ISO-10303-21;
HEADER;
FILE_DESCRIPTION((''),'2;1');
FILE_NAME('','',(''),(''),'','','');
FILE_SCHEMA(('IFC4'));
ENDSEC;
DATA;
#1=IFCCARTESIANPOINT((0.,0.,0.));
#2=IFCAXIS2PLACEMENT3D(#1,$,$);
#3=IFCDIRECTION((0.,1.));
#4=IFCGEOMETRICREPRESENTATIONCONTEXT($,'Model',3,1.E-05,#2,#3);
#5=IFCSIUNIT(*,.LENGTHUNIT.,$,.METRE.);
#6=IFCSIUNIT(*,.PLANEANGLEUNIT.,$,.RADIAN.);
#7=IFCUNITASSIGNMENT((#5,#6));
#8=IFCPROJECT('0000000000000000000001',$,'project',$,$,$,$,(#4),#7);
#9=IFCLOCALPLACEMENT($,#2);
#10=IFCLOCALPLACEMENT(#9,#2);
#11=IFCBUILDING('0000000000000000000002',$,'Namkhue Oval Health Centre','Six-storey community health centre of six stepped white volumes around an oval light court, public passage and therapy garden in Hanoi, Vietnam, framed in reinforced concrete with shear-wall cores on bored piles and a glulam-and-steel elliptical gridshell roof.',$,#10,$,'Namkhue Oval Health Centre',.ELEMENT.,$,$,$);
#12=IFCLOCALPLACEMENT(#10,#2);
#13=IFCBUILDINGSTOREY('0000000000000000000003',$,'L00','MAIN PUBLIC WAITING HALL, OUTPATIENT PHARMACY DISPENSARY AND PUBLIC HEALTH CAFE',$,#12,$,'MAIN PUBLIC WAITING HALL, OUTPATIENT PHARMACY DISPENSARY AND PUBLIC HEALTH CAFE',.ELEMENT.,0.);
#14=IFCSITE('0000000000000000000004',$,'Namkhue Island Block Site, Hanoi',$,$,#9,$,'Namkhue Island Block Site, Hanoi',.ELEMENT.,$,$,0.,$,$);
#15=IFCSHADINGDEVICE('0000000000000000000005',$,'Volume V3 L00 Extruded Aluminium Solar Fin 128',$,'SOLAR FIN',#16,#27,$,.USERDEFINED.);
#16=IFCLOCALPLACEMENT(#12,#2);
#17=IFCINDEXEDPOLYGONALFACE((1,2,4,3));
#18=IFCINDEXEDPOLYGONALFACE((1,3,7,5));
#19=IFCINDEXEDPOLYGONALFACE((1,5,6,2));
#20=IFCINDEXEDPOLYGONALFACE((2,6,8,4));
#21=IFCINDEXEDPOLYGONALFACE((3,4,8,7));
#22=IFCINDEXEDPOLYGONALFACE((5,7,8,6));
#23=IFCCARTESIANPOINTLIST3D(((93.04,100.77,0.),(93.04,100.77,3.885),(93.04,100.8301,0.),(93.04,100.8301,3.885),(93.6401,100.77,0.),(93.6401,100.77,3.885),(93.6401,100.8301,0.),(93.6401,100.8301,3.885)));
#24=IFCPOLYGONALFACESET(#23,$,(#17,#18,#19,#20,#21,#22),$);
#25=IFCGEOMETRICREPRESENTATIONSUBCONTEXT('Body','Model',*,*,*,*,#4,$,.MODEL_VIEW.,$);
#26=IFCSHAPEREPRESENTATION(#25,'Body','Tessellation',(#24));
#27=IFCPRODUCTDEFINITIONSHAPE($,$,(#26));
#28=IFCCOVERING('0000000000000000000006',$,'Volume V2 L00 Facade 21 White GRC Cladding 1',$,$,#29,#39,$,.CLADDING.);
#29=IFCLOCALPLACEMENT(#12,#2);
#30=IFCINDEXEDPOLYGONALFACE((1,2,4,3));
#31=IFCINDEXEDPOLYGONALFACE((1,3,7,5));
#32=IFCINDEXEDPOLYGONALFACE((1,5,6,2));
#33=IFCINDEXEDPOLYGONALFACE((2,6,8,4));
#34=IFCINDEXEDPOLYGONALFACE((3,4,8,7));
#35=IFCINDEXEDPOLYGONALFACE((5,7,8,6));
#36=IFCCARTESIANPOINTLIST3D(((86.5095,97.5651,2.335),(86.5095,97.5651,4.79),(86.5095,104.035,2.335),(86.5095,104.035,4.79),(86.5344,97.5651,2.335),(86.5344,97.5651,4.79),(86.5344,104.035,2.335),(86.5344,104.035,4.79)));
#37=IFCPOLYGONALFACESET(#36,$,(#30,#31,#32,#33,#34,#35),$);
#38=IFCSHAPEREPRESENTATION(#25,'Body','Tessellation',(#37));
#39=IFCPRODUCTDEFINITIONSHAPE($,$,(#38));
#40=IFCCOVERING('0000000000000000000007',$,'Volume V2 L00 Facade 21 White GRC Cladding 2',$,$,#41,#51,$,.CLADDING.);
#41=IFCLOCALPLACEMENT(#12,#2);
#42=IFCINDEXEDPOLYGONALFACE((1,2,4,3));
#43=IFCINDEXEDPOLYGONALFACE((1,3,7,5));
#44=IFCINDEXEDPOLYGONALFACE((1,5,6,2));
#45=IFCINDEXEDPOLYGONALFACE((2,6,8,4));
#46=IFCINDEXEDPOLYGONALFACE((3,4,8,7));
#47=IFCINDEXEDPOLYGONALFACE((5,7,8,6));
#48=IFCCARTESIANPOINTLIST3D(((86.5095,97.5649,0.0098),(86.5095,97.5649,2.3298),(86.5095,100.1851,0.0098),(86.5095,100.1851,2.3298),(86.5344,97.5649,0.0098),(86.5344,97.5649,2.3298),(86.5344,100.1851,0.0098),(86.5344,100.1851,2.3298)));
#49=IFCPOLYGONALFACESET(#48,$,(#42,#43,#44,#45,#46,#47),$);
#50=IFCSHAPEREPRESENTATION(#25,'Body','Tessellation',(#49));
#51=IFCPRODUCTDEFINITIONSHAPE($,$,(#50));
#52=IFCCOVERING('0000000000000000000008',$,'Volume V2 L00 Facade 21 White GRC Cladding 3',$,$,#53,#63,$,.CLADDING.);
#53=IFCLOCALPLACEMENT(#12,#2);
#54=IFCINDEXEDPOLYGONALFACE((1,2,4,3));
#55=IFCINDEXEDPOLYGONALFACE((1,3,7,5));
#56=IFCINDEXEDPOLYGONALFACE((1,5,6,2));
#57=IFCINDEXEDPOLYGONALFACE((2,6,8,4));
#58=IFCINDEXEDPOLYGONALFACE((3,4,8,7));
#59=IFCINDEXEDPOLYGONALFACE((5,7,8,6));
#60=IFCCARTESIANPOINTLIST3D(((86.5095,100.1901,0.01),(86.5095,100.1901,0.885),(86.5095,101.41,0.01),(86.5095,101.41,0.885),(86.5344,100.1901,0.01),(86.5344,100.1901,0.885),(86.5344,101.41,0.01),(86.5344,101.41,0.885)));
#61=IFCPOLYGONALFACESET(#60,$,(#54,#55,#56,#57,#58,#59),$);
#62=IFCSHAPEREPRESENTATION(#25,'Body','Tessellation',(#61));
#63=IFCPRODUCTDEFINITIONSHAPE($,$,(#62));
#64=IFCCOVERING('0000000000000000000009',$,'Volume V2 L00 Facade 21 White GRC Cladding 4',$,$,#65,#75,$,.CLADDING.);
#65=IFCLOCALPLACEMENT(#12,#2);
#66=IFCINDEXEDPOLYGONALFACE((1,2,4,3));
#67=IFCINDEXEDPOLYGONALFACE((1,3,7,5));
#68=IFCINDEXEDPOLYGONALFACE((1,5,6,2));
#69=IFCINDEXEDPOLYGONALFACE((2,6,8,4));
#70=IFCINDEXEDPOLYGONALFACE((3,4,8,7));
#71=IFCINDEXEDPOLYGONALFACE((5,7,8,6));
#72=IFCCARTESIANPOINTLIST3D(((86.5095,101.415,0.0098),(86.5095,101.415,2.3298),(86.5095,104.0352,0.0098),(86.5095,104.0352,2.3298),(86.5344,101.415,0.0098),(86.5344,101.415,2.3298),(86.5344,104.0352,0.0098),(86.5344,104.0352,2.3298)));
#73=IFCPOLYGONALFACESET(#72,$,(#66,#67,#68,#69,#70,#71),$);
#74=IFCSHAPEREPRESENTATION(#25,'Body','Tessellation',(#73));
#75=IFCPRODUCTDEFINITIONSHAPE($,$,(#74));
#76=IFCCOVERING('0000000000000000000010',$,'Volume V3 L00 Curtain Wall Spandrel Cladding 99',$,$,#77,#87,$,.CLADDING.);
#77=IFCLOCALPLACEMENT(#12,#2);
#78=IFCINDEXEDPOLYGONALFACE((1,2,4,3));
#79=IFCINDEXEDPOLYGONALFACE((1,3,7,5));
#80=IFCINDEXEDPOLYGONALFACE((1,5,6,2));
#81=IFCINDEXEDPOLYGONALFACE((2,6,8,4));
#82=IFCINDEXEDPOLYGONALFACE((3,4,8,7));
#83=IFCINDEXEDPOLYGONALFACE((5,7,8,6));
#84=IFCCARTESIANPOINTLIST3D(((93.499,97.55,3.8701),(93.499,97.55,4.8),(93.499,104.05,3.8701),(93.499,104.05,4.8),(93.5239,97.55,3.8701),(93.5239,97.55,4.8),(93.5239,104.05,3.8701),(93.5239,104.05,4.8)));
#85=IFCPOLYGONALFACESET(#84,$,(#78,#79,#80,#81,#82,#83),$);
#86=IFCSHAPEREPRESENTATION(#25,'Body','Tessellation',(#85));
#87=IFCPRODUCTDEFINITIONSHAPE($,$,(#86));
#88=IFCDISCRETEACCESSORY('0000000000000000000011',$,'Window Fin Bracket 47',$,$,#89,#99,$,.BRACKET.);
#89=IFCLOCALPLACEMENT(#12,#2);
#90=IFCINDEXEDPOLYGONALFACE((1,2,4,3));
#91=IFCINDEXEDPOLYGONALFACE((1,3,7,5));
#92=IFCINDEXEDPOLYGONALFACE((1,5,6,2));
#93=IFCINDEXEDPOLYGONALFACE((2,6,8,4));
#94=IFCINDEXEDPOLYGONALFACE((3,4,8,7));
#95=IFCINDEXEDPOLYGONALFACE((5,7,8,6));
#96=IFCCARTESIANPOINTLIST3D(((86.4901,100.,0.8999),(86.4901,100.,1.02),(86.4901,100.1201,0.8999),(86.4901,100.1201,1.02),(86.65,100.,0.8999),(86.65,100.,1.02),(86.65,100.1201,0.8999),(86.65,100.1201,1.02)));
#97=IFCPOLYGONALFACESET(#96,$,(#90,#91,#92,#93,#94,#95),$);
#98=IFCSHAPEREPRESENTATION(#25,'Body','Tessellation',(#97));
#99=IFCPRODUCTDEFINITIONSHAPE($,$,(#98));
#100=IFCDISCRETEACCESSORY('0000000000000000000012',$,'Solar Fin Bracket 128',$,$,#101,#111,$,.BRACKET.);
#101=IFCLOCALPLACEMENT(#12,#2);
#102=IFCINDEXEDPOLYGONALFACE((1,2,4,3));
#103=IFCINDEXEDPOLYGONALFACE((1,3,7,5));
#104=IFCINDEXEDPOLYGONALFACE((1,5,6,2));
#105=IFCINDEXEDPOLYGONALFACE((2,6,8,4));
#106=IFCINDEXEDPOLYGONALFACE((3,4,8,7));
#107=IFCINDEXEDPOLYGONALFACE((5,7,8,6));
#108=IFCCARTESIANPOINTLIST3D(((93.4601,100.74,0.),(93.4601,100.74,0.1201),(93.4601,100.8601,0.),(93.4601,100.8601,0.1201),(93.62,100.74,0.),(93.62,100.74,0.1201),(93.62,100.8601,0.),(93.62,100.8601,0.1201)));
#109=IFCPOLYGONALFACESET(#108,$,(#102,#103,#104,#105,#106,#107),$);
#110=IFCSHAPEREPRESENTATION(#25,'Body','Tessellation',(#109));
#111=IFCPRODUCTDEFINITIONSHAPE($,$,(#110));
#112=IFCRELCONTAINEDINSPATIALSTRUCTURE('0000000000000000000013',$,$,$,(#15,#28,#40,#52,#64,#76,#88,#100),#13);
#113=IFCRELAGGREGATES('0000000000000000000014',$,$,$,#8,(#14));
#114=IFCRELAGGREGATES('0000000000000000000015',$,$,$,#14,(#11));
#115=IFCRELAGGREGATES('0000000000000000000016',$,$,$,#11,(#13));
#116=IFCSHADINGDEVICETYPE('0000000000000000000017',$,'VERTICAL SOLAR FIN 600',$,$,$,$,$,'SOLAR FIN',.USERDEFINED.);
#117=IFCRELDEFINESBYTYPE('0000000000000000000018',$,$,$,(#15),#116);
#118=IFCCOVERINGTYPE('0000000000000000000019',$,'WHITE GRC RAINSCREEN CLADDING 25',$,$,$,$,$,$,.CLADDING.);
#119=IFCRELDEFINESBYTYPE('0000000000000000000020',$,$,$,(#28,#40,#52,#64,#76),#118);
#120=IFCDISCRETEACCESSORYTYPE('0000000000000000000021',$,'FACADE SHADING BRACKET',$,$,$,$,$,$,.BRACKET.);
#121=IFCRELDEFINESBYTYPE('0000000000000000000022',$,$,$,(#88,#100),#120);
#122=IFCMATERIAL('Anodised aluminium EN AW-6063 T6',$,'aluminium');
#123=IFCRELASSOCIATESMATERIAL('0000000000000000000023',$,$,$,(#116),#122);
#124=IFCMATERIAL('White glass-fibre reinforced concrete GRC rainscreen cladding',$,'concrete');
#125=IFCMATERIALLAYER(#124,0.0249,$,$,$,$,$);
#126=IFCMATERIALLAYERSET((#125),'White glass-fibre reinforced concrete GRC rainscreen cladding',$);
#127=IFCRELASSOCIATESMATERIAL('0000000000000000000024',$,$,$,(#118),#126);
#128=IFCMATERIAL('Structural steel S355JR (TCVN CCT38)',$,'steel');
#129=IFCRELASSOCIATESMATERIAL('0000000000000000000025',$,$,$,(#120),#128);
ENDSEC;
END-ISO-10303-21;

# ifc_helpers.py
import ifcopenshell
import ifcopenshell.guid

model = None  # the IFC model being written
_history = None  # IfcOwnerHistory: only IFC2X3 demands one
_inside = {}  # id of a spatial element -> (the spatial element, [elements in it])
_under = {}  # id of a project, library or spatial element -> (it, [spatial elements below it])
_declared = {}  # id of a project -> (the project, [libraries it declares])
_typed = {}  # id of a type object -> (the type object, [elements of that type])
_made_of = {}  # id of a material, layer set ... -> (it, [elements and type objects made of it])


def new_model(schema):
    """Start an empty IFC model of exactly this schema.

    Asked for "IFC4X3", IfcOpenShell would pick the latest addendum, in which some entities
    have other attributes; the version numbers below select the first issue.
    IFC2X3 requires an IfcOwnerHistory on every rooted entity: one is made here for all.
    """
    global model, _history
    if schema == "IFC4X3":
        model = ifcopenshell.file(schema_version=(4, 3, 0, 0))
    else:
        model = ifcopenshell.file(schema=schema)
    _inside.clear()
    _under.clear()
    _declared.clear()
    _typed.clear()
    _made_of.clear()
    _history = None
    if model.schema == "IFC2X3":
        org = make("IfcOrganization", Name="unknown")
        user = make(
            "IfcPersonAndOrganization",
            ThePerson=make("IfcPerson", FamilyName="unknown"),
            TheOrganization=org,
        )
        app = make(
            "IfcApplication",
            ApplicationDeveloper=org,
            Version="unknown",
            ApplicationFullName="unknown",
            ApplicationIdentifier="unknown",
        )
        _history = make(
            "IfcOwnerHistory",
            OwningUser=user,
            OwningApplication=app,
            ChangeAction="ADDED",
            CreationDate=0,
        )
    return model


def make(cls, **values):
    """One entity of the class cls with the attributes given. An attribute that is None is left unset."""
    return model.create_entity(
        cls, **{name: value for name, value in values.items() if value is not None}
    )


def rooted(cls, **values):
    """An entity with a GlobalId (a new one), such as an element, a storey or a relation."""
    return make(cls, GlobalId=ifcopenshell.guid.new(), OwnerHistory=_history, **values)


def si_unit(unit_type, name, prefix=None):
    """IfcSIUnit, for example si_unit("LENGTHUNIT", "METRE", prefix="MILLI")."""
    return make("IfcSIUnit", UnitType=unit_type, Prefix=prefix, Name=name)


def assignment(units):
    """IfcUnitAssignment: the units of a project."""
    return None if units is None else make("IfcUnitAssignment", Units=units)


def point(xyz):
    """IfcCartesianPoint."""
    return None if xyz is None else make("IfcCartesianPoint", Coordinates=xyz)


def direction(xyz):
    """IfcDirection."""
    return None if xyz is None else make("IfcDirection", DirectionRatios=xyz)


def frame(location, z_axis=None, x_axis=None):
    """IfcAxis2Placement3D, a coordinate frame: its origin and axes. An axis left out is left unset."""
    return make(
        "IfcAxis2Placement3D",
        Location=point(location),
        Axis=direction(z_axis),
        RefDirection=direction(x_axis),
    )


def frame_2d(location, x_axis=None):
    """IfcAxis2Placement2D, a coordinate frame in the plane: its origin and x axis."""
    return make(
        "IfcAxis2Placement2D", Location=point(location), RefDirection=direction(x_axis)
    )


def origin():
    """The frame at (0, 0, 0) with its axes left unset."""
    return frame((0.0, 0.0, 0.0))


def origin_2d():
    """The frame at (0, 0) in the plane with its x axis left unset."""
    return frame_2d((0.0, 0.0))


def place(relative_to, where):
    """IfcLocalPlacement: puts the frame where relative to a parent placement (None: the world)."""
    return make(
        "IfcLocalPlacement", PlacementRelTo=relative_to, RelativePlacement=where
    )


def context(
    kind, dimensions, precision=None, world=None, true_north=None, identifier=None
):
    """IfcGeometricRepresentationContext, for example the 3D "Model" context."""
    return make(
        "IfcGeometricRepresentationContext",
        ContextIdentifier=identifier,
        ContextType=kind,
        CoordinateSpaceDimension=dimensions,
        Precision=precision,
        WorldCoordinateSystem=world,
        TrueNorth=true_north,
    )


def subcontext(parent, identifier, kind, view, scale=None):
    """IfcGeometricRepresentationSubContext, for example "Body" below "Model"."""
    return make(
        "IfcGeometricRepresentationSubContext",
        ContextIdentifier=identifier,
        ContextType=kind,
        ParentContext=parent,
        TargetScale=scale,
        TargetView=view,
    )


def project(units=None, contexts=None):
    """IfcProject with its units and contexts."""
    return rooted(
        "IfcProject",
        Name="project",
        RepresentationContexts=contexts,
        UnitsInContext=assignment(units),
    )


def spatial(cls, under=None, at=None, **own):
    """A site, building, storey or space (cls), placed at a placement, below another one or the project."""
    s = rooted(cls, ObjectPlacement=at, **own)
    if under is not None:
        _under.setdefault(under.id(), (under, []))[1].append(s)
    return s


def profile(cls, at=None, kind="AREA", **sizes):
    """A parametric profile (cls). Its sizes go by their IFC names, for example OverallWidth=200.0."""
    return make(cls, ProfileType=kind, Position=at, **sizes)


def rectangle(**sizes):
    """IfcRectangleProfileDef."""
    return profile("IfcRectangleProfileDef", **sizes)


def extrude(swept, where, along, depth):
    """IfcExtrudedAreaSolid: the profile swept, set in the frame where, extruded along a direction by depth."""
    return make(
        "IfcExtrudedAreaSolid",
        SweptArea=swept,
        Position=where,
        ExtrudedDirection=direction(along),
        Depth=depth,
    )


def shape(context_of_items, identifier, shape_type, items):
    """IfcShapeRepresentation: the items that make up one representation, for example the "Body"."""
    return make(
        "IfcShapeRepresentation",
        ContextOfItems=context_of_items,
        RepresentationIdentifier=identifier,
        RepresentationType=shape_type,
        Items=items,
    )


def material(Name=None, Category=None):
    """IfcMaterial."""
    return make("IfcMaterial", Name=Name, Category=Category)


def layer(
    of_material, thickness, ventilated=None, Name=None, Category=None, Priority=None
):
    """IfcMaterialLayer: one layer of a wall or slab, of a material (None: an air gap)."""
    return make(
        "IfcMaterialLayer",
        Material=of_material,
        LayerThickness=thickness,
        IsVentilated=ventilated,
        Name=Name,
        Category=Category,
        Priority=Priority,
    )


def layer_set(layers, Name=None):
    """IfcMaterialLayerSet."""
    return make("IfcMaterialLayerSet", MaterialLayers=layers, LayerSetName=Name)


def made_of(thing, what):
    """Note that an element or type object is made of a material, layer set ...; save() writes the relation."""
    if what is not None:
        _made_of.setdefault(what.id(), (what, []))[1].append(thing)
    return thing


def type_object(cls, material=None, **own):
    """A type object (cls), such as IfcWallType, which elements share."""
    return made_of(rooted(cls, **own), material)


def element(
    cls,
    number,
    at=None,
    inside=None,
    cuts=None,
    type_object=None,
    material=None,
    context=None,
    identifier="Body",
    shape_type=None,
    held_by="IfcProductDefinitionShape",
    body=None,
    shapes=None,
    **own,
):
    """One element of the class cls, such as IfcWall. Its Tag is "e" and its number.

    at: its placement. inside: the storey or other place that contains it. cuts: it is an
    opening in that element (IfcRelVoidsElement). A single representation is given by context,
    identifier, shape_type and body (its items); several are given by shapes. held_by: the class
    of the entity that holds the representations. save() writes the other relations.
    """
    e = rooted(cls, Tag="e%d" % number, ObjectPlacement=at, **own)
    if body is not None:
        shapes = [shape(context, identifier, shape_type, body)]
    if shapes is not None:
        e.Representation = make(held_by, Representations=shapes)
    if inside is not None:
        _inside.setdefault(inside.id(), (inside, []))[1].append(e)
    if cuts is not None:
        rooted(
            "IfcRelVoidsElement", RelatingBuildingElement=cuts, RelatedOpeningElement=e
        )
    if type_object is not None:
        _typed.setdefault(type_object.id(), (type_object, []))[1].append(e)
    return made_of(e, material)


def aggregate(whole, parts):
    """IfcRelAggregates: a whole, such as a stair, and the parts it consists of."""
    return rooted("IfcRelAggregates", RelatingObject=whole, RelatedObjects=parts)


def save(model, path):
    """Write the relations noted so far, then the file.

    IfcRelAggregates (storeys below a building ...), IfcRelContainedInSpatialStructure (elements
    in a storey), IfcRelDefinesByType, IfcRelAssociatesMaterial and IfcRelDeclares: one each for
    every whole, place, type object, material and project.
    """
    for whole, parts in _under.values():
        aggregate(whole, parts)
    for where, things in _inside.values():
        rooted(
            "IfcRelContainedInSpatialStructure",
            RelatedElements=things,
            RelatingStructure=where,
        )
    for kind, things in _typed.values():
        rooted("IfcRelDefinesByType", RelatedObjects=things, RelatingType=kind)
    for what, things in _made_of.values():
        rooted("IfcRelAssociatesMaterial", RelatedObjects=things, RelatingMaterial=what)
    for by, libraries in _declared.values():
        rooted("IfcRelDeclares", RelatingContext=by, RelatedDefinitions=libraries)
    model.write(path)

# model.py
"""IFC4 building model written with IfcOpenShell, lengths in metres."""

from ifc_helpers import new_model, si_unit, direction, frame, origin, origin_2d, place, context, subcontext, project, spatial, rectangle, extrude, material, layer, layer_set, type_object, element, save


model = new_model("IFC4")

# Units and contexts
model_context = context("Model", 3, precision=1e-05, world=origin(), true_north=direction((0.0, 1.0)))
body_context = subcontext(model_context, "Body", "Model", "MODEL_VIEW")
ifc_project = project(units=[si_unit("LENGTHUNIT", "METRE"), si_unit("PLANEANGLEUNIT", "RADIAN")], contexts=[model_context])

# Site, building, storey
site_placement = place(None, origin())
site = spatial("IfcSite", under=ifc_project, at=site_placement, Name="Namkhue Island Block Site, Hanoi", LongName="Namkhue Island Block Site, Hanoi", CompositionType="ELEMENT", RefElevation=0.0)
building_placement = place(site_placement, origin())
building = spatial("IfcBuilding", under=site, at=building_placement, Name="Namkhue Oval Health Centre", Description="Six-storey community health centre of six stepped white volumes around an oval light court, public passage and therapy garden in Hanoi, Vietnam, framed in reinforced concrete with shear-wall cores on bored piles and a glulam-and-steel elliptical gridshell roof.", LongName="Namkhue Oval Health Centre", CompositionType="ELEMENT")
storey_placement = place(building_placement, origin())
storey = spatial("IfcBuildingStorey", under=building, at=storey_placement, Name="L00", Description="MAIN PUBLIC WAITING HALL, OUTPATIENT PHARMACY DISPENSARY AND PUBLIC HEALTH CAFE", LongName="MAIN PUBLIC WAITING HALL, OUTPATIENT PHARMACY DISPENSARY AND PUBLIC HEALTH CAFE", CompositionType="ELEMENT", Elevation=0.0)

# Shared definitions
ifc_material_1 = material(Name="Anodised aluminium EN AW-6063 T6", Category="aluminium")

# Shading device
shading_device_type = type_object("IfcShadingDeviceType", Name="VERTICAL SOLAR FIN 600", ElementType="SOLAR FIN", PredefinedType="USERDEFINED", material=ifc_material_1)
shading_device_1_placement = place(storey_placement, frame((93.3401, 100.8, 0.0), z_axis=(0.0, 0.0, 1.0), x_axis=(-1.0, 0.0, 0.0)))
element("IfcShadingDevice", 1, at=shading_device_1_placement, inside=storey, type_object=shading_device_type, Name="Volume V3 L00 Extruded Aluminium Solar Fin 128", ObjectType="SOLAR FIN", PredefinedType="USERDEFINED", context=body_context, shape_type="SweptSolid", body=[
    extrude(rectangle(XDim=0.6001, YDim=0.0601, at=origin_2d()), origin(), (0.0, 0.0, 1.0), 3.885),
])

# Coverings
ifc_material_2 = material(Name="White glass-fibre reinforced concrete GRC rainscreen cladding", Category="concrete")
ifc_layer_1 = layer(ifc_material_2, 0.0249)
ifc_layer_set_1 = layer_set([ifc_layer_1], Name="White glass-fibre reinforced concrete GRC rainscreen cladding")
covering_type = type_object("IfcCoveringType", Name="WHITE GRC RAINSCREEN CLADDING 25", PredefinedType="CLADDING", material=ifc_layer_set_1)
covering_1_placement = place(storey_placement, frame((86.522, 100.8, 2.335), z_axis=(0.0, 0.0, 1.0), x_axis=(0.0, 1.0, 0.0)))
element("IfcCovering", 2, at=covering_1_placement, inside=storey, type_object=covering_type, Name="Volume V2 L00 Facade 21 White GRC Cladding 1", PredefinedType="CLADDING", context=body_context, shape_type="SweptSolid", body=[
    extrude(rectangle(XDim=6.47, YDim=0.0249, at=origin_2d()), origin(), (0.0, 0.0, 1.0), 2.4551),
])
covering_2_placement = place(storey_placement, frame((86.522, 98.875, 0.0098), z_axis=(0.0, 0.0, 1.0), x_axis=(0.0, 1.0, 0.0)))
element("IfcCovering", 3, at=covering_2_placement, inside=storey, type_object=covering_type, Name="Volume V2 L00 Facade 21 White GRC Cladding 2", PredefinedType="CLADDING", context=body_context, shape_type="SweptSolid", body=[
    extrude(rectangle(XDim=2.6201, YDim=0.0249, at=origin_2d()), origin(), (0.0, 0.0, 1.0), 2.3201),
])
covering_3_placement = place(storey_placement, frame((86.522, 100.8, 0.01), z_axis=(0.0, 0.0, 1.0), x_axis=(0.0, 1.0, 0.0)))
element("IfcCovering", 4, at=covering_3_placement, inside=storey, type_object=covering_type, Name="Volume V2 L00 Facade 21 White GRC Cladding 3", PredefinedType="CLADDING", context=body_context, shape_type="SweptSolid", body=[
    extrude(rectangle(XDim=1.22, YDim=0.0249, at=origin_2d()), origin(), (0.0, 0.0, 1.0), 0.875),
])
covering_4_placement = place(storey_placement, frame((86.522, 102.7251, 0.0098), z_axis=(0.0, 0.0, 1.0), x_axis=(0.0, 1.0, 0.0)))
element("IfcCovering", 5, at=covering_4_placement, inside=storey, type_object=covering_type, Name="Volume V2 L00 Facade 21 White GRC Cladding 4", PredefinedType="CLADDING", context=body_context, shape_type="SweptSolid", body=[
    extrude(rectangle(XDim=2.6201, YDim=0.0249, at=origin_2d()), origin(), (0.0, 0.0, 1.0), 2.3201),
])
covering_5_placement = place(storey_placement, frame((93.5115, 100.8, 3.8701), z_axis=(0.0, 0.0, 1.0), x_axis=(0.0, -1.0, 0.0)))
element("IfcCovering", 6, at=covering_5_placement, inside=storey, type_object=covering_type, Name="Volume V3 L00 Curtain Wall Spandrel Cladding 99", PredefinedType="CLADDING", context=body_context, shape_type="SweptSolid", body=[
    extrude(rectangle(XDim=6.5, YDim=0.0249, at=origin_2d()), origin(), (0.0, 0.0, 1.0), 0.9299),
])

# Discrete accessories
ifc_material_3 = material(Name="Structural steel S355JR (TCVN CCT38)", Category="steel")
discrete_accessory_type = type_object("IfcDiscreteAccessoryType", Name="FACADE SHADING BRACKET", PredefinedType="BRACKET", material=ifc_material_3)
for number, where, z_axis, x_axis, name in (
    (7, (86.5701, 100.0601, 0.8999), (0.0, 0.0, 1.0), (1.0, 0.0, 0.0), "Window Fin Bracket 47"),
    (8, (93.54, 100.8, 0.0), (0.0, 0.0, 1.0), (-1.0, 0.0, 0.0), "Solar Fin Bracket 128"),
):
    element("IfcDiscreteAccessory", number, at=place(storey_placement, frame(where, z_axis=z_axis, x_axis=x_axis)), inside=storey, type_object=discrete_accessory_type, Name=name, PredefinedType="BRACKET", context=body_context, shape_type="SweptSolid", body=[
        extrude(rectangle(XDim=0.1599, YDim=0.1201, at=origin_2d()), origin(), (0.0, 0.0, 1.0), 0.1201),
    ])

save(model, "model.ifc")
